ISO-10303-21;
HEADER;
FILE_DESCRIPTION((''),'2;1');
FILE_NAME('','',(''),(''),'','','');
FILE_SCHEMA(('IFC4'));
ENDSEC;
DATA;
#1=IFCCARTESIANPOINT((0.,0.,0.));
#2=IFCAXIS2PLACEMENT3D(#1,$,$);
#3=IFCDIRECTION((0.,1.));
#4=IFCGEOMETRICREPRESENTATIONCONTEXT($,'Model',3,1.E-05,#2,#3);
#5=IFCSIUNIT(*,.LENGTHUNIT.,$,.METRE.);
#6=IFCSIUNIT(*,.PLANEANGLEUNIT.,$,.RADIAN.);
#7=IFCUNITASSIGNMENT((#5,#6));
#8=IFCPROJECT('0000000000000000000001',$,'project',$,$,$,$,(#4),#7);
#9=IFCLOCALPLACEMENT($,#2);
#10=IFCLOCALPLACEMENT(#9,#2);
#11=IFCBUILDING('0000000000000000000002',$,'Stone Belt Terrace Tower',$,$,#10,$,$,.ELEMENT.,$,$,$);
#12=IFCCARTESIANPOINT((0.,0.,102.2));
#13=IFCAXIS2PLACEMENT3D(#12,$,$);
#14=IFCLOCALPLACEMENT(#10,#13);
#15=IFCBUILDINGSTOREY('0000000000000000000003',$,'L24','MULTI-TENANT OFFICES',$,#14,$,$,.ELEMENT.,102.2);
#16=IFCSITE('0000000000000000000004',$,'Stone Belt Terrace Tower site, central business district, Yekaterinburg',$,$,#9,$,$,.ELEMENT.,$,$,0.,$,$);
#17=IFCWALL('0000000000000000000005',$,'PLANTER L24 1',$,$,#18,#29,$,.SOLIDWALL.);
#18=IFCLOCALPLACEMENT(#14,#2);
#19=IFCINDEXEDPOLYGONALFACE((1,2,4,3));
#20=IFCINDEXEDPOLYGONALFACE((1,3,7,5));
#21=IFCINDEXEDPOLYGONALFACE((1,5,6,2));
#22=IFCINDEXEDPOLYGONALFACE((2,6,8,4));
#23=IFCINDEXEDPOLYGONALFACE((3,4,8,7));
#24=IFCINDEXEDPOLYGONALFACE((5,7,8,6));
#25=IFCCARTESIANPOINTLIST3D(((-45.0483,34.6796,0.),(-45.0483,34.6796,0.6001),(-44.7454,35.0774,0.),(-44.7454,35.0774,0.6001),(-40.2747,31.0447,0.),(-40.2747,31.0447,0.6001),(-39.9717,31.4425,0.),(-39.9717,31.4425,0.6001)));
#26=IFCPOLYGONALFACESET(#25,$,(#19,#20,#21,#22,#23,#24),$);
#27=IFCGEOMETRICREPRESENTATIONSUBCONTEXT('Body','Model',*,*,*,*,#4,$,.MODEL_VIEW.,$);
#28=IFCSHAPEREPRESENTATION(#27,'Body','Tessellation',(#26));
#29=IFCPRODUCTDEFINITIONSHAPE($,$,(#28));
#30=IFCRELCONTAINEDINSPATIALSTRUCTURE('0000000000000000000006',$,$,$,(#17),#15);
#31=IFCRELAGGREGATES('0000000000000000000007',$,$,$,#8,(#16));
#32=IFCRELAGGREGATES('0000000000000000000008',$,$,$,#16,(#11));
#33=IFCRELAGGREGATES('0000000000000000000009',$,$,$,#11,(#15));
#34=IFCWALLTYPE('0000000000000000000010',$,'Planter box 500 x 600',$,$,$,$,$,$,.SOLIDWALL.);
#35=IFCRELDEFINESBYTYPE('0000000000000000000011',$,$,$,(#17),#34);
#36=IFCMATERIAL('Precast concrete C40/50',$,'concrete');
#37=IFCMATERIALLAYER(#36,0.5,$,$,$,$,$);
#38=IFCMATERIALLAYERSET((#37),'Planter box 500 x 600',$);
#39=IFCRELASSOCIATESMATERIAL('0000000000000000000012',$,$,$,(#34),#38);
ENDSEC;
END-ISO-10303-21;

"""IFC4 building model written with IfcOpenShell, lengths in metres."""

from ifc_helpers import new_model, si_unit, direction, frame, origin, origin_2d, place, context, subcontext, project, spatial, rectangle, extrude, material, layer, layer_set, type_object, element, save


model = new_model("IFC4")

# Units and contexts
model_context = context("Model", 3, precision=1e-05, world=origin(), true_north=direction((0.0, 1.0)))
body_context = subcontext(model_context, "Body", "Model", "MODEL_VIEW")
ifc_project = project(units=[si_unit("LENGTHUNIT", "METRE"), si_unit("PLANEANGLEUNIT", "RADIAN")], contexts=[model_context])

# Site, building, storey
site_placement = place(None, origin())
site = spatial("IfcSite", under=ifc_project, at=site_placement, Name="Stone Belt Terrace Tower site, central business district, Yekaterinburg", CompositionType="ELEMENT", RefElevation=0.0)
building_placement = place(site_placement, origin())
building = spatial("IfcBuilding", under=site, at=building_placement, Name="Stone Belt Terrace Tower", CompositionType="ELEMENT")
storey_placement = place(building_placement, frame((0.0, 0.0, 102.2)))
storey = spatial("IfcBuildingStorey", under=building, at=storey_placement, Name="L24", Description="MULTI-TENANT OFFICES", CompositionType="ELEMENT", Elevation=102.2)

# Wall
ifc_material_1 = material(Name="Precast concrete C40/50", Category="concrete")
ifc_layer_1 = layer(ifc_material_1, 0.5)
ifc_layer_set_1 = layer_set([ifc_layer_1], Name="Planter box 500 x 600")
wall_type_1 = type_object("IfcWallType", Name="Planter box 500 x 600", PredefinedType="SOLIDWALL", material=ifc_layer_set_1)
wall_1_placement = place(storey_placement, frame((-42.51, 33.061, 0.0), z_axis=(0.0, 0.0, 1.0), x_axis=(0.795602, -0.60582, 0.0)))
element("IfcWall", 1, at=wall_1_placement, inside=storey, type_object=wall_type_1, Name="PLANTER L24 1", PredefinedType="SOLIDWALL", context=body_context, shape_type="SweptSolid", body=[
    extrude(rectangle(XDim=6.0, YDim=0.5, at=origin_2d()), origin(), (0.0, 0.0, 1.0), 0.6001),
])

save(model, "model.ifc")
